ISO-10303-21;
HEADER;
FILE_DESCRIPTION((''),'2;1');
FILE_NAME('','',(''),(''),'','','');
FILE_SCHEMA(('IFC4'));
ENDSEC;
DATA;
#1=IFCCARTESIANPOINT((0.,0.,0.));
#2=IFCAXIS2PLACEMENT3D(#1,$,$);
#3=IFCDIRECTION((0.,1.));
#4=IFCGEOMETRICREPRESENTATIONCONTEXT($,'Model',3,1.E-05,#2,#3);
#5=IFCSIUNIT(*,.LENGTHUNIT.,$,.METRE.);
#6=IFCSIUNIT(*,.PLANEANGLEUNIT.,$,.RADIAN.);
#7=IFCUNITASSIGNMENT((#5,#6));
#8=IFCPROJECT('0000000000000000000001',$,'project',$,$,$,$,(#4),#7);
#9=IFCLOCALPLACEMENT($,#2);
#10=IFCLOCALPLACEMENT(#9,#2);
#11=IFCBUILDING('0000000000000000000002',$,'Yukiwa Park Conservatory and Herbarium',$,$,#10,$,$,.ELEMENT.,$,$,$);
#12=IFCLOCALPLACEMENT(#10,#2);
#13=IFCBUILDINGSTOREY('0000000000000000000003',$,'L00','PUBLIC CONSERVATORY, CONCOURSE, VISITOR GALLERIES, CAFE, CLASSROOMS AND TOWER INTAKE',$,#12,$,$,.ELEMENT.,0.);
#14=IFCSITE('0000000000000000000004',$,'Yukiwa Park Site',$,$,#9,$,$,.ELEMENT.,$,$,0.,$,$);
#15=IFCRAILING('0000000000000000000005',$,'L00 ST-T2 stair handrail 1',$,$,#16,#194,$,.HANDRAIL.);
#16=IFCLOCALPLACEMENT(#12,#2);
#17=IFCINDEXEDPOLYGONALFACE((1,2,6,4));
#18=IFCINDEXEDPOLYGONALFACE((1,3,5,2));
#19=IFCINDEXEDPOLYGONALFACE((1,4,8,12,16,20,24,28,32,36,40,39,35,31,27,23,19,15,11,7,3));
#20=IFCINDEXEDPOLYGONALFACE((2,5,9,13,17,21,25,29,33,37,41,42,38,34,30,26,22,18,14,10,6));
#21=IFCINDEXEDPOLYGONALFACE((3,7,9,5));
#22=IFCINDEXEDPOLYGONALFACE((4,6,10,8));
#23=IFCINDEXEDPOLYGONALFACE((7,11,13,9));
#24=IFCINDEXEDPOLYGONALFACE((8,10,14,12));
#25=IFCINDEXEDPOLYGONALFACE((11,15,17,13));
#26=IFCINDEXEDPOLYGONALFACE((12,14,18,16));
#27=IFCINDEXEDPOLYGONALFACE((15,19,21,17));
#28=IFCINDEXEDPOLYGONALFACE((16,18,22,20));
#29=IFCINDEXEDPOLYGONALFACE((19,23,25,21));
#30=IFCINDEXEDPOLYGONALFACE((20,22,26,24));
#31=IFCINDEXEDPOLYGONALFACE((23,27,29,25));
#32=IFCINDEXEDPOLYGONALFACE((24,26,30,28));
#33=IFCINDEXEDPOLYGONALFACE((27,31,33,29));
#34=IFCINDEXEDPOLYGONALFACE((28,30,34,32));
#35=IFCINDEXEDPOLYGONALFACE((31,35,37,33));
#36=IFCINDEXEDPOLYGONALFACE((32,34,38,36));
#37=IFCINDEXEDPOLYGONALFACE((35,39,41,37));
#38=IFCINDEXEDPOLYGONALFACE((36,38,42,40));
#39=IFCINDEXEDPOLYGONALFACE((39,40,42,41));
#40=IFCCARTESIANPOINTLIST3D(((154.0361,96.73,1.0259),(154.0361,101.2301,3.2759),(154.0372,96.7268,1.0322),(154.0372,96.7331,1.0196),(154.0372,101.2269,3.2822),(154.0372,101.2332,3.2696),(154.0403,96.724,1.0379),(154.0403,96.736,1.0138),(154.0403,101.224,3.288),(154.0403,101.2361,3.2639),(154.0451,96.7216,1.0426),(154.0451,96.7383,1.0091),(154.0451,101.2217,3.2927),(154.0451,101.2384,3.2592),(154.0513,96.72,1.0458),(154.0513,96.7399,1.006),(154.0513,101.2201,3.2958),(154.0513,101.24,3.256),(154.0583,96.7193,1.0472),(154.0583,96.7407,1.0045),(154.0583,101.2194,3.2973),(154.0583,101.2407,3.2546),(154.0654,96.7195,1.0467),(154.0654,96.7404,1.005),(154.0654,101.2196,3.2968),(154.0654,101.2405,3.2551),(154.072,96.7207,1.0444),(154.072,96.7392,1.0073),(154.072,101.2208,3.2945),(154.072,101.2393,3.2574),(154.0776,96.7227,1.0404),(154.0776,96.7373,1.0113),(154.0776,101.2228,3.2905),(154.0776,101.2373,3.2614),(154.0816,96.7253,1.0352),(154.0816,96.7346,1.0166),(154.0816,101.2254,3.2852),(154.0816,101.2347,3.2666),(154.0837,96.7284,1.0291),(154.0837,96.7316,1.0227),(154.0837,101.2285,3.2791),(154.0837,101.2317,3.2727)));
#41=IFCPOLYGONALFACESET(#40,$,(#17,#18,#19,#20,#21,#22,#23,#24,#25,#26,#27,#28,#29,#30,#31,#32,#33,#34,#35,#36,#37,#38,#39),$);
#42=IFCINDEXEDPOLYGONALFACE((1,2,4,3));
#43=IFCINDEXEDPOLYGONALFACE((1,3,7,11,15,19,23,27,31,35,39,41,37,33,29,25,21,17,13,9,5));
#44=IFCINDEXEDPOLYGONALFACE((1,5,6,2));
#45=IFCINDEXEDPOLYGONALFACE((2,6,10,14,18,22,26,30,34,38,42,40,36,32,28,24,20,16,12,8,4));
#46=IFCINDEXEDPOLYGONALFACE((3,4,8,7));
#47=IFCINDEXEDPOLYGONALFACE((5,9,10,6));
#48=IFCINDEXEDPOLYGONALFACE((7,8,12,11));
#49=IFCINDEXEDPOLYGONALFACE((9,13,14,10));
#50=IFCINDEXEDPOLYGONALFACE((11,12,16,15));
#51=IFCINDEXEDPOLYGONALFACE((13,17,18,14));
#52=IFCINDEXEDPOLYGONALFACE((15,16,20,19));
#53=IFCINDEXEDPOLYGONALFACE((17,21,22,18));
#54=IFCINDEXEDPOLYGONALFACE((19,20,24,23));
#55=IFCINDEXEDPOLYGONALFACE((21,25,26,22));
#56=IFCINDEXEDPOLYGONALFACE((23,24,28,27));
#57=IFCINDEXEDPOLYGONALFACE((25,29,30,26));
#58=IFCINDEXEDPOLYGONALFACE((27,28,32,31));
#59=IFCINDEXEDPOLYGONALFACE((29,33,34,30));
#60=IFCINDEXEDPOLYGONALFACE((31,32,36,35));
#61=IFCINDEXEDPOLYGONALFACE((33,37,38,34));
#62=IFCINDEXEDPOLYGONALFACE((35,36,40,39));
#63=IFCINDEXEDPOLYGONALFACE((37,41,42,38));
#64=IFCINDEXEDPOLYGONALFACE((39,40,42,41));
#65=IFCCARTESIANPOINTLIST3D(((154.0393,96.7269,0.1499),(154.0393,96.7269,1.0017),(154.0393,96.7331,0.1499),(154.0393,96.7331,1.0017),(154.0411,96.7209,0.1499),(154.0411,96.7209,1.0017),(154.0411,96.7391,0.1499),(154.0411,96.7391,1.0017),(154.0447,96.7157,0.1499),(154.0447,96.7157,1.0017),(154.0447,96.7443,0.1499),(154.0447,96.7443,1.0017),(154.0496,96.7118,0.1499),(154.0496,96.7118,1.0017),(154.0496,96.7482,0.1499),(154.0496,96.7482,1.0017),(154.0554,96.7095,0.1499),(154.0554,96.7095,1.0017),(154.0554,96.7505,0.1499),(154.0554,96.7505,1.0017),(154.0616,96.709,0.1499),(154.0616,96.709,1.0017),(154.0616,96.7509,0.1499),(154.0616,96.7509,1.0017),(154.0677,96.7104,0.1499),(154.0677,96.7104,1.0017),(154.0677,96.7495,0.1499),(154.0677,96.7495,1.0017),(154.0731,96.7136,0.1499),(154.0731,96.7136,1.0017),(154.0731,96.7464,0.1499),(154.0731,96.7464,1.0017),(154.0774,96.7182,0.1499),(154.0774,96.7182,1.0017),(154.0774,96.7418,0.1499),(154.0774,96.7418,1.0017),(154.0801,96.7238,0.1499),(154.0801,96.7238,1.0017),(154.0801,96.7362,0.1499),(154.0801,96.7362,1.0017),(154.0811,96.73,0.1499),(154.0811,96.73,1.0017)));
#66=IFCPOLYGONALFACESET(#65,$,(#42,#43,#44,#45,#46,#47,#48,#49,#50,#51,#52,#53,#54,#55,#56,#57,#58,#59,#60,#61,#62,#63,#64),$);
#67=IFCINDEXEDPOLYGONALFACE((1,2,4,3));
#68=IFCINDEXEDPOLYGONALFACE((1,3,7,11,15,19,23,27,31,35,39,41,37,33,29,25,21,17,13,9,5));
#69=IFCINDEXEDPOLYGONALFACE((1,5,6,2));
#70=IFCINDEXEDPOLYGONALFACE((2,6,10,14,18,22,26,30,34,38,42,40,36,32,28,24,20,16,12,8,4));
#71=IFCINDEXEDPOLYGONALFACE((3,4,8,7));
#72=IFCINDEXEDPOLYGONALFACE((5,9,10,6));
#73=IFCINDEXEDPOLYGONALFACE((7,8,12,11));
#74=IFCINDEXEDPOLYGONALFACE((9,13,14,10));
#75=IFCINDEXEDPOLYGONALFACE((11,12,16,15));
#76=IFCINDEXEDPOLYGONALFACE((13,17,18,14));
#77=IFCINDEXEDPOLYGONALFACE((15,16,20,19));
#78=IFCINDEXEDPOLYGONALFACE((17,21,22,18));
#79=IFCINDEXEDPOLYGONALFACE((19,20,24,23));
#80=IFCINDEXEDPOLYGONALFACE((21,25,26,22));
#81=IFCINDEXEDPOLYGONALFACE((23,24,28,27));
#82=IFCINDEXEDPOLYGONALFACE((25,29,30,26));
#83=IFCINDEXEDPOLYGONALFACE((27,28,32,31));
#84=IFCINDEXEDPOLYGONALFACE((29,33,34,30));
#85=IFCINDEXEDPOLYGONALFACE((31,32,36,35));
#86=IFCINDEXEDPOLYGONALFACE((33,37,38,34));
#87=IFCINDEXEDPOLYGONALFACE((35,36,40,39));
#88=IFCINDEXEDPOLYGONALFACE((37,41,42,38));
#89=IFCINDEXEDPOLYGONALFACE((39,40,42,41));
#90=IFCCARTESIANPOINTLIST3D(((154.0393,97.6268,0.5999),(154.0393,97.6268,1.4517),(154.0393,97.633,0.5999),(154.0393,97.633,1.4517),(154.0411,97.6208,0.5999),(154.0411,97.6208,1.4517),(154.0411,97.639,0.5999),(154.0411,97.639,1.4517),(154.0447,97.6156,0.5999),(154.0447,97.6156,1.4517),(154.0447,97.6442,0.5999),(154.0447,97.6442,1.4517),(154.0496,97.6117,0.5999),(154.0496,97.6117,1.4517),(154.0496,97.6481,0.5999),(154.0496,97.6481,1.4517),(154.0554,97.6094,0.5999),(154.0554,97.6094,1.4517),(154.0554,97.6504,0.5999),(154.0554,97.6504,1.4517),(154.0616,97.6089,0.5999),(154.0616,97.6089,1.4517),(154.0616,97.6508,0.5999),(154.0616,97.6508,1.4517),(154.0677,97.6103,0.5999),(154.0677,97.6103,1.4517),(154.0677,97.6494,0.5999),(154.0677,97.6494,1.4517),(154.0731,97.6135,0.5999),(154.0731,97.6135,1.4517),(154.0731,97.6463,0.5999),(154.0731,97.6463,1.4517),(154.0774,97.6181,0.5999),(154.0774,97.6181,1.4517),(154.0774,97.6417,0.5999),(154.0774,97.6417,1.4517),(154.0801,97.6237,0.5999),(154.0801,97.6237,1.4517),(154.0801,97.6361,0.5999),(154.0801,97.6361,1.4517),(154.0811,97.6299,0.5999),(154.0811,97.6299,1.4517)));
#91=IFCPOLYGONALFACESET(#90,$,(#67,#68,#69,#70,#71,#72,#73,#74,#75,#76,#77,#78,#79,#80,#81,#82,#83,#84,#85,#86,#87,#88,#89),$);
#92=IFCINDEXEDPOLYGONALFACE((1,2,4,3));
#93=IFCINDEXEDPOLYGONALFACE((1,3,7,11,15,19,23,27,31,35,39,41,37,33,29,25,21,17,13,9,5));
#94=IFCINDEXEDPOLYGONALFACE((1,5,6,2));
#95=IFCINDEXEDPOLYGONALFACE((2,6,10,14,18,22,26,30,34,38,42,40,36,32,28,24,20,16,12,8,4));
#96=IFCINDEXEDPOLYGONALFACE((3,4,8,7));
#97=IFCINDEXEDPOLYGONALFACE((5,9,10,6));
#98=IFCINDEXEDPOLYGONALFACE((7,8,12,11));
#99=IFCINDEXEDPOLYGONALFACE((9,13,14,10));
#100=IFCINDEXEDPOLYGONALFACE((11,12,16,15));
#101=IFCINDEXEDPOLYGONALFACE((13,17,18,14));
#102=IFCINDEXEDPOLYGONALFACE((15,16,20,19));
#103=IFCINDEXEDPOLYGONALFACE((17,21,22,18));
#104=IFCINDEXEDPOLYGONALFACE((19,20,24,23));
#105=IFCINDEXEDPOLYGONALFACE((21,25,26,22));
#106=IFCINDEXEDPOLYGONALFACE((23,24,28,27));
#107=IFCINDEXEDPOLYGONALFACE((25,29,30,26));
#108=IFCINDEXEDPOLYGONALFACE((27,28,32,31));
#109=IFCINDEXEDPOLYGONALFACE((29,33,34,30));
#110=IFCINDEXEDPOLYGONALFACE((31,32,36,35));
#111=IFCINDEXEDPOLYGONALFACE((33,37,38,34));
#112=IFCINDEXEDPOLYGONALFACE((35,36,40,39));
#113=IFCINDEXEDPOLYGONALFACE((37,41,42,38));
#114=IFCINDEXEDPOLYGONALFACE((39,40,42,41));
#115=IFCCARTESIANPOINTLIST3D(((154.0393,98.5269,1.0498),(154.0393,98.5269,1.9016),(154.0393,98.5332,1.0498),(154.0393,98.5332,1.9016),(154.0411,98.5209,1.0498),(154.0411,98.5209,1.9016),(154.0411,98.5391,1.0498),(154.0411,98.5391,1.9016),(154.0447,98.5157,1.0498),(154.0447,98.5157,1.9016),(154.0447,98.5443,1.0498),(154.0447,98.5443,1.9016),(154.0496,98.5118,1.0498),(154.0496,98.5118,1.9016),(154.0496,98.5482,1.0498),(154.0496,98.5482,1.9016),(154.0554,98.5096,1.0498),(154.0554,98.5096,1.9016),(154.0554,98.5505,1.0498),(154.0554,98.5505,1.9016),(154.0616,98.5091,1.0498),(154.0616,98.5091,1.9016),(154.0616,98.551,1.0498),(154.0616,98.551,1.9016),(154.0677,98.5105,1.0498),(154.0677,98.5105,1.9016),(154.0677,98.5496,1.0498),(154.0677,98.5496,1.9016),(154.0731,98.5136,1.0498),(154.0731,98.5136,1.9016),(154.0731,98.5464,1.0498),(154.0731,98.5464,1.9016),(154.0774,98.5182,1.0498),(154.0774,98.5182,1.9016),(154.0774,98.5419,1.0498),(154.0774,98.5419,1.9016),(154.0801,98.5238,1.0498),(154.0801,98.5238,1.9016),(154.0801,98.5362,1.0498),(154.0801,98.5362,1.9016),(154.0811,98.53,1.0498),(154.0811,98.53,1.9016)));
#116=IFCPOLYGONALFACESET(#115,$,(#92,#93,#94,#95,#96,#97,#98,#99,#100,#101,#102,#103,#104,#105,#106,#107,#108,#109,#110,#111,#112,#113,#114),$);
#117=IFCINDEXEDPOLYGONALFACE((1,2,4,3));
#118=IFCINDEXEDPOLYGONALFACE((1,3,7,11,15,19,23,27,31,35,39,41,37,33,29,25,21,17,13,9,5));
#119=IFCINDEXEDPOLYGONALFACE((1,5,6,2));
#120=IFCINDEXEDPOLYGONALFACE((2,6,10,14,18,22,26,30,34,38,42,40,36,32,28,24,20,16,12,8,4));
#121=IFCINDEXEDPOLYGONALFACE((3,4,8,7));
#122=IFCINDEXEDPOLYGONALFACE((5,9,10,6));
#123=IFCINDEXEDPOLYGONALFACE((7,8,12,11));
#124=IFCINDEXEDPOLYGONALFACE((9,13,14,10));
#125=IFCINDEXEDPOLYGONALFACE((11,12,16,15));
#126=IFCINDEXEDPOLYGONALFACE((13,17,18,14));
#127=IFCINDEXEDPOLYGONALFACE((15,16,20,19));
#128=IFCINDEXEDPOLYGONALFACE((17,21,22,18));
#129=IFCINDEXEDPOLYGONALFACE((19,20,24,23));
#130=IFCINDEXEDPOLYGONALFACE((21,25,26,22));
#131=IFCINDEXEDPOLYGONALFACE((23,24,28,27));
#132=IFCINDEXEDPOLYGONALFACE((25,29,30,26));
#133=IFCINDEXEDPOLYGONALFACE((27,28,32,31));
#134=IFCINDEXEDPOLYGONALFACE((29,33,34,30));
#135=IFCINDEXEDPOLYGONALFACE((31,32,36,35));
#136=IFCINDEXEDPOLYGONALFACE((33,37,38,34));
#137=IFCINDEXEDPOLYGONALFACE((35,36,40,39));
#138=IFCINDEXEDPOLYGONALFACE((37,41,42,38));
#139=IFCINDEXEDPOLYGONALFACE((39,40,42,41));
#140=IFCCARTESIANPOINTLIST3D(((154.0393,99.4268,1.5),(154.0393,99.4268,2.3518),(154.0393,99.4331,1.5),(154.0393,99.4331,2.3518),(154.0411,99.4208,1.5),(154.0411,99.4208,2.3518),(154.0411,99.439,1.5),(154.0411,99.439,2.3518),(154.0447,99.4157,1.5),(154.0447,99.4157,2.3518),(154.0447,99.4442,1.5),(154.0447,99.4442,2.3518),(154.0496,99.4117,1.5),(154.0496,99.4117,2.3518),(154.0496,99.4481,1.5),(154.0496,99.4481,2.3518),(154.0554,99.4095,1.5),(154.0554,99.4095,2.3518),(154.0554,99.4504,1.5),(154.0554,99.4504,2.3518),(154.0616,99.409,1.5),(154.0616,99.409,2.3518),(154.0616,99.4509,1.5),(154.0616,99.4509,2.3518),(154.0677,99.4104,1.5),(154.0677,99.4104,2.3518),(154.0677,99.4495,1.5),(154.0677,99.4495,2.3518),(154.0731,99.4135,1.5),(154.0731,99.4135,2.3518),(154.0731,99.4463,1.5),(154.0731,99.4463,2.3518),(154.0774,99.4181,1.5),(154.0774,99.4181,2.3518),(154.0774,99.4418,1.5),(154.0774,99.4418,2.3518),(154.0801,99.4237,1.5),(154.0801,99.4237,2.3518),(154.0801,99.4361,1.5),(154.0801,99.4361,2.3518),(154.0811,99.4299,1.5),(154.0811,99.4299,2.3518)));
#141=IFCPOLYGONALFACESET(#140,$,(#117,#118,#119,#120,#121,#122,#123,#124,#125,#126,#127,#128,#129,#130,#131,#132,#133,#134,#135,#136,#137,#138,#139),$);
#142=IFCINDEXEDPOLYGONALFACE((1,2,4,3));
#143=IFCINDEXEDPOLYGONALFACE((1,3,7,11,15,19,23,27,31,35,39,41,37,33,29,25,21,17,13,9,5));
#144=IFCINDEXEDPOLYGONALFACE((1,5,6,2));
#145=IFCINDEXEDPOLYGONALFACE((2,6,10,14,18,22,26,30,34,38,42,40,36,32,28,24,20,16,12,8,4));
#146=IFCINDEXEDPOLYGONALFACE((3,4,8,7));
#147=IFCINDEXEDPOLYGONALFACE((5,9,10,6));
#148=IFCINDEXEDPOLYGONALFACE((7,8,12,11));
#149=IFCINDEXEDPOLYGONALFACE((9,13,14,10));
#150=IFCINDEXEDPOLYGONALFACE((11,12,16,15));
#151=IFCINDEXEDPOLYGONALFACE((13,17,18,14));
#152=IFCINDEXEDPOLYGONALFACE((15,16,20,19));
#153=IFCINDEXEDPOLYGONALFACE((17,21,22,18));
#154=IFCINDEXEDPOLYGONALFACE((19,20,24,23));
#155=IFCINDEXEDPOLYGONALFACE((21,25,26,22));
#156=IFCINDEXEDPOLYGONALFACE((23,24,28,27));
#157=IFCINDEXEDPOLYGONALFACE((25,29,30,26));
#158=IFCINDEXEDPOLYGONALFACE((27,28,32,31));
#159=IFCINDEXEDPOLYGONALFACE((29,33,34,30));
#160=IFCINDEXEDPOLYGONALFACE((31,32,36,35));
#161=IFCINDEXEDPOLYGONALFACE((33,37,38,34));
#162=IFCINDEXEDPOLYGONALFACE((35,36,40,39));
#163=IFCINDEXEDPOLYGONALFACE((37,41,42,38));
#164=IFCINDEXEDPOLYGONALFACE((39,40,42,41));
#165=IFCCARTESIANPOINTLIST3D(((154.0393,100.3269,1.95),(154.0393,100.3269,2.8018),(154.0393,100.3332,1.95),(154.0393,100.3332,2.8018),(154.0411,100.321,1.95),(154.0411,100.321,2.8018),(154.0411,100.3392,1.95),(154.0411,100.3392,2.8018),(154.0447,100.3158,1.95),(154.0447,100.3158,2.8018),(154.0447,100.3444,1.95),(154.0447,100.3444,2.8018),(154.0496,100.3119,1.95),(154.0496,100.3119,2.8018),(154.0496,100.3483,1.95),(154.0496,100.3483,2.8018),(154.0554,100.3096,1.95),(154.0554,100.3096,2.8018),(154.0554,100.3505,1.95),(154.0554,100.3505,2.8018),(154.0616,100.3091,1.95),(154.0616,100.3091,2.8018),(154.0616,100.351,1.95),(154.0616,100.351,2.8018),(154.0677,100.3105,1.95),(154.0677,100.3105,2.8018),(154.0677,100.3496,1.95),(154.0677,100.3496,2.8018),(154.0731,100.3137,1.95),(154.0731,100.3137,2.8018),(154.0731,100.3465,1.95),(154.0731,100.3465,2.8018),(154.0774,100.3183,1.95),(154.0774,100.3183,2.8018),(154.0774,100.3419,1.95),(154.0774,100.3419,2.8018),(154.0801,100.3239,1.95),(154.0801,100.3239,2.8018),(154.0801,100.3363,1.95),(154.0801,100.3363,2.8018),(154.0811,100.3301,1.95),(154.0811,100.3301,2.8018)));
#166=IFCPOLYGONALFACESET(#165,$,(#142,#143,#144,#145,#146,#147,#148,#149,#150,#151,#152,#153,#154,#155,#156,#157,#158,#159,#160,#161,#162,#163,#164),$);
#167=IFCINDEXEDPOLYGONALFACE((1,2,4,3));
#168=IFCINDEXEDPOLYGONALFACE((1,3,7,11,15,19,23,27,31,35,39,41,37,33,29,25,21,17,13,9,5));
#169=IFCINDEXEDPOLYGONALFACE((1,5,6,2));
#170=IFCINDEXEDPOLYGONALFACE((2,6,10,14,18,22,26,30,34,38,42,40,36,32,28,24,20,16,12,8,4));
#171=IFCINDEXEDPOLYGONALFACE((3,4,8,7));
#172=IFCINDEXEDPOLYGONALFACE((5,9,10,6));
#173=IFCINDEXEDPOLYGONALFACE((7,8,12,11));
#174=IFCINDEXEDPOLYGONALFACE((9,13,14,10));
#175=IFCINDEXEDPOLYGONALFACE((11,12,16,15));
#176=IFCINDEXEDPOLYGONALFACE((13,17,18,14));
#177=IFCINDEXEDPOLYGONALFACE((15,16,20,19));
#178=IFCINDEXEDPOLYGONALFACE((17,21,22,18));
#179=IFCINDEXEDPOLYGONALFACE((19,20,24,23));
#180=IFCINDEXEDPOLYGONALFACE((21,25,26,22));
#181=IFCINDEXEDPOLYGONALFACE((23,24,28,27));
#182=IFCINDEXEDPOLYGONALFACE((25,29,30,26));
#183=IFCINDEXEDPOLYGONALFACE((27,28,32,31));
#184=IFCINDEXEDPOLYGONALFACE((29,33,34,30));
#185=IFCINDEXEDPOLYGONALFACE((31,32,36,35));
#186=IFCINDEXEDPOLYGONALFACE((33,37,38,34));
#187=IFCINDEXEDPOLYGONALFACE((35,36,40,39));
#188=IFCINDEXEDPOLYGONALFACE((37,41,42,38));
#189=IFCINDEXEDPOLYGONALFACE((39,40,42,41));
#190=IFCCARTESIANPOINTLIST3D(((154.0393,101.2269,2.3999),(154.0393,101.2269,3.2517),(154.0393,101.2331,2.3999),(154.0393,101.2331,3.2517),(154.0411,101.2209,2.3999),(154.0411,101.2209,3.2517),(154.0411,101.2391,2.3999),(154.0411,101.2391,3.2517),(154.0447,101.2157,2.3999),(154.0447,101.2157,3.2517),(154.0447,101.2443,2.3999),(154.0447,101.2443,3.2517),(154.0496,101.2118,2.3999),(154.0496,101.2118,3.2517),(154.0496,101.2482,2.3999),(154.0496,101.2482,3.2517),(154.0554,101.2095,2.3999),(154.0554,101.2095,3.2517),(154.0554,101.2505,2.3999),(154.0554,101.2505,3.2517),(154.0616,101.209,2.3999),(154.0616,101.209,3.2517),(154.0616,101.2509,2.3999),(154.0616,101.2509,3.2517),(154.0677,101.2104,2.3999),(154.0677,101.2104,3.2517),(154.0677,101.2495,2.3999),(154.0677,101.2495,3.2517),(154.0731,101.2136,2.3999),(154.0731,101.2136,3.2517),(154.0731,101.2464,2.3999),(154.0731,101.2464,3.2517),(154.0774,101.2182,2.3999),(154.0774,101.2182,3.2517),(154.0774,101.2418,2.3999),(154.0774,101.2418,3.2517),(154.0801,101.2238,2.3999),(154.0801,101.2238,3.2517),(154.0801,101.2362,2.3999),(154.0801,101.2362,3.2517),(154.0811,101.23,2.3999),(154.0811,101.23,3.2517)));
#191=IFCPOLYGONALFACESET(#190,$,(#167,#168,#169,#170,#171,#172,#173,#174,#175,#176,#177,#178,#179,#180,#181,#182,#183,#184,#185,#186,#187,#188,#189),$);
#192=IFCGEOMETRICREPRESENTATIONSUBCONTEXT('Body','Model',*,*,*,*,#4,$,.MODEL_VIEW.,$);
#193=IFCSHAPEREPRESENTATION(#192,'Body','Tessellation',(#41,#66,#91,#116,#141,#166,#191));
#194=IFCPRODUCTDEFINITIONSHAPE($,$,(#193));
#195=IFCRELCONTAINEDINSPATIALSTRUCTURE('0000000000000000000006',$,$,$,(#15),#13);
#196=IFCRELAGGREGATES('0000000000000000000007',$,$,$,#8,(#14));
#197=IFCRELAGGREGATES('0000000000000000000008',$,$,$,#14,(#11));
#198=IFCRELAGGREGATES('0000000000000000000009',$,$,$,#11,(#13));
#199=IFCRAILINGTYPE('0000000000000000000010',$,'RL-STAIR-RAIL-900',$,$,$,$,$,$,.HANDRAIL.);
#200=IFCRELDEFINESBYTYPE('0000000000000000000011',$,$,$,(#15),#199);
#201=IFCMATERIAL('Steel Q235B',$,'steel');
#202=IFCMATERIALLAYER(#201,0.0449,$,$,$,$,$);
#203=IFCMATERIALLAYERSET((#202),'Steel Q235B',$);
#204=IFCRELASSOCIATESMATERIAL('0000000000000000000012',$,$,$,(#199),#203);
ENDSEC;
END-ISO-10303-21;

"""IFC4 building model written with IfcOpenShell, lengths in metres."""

from ifc_helpers import new_model, si_unit, direction, frame, origin, origin_2d, place, context, subcontext, project, spatial, circle, extrude, material, layer, layer_set, type_object, element, save


model = new_model("IFC4")

# Units and contexts
model_context = context("Model", 3, precision=1e-05, world=origin(), true_north=direction((0.0, 1.0)))
body_context = subcontext(model_context, "Body", "Model", "MODEL_VIEW")
ifc_project = project(units=[si_unit("LENGTHUNIT", "METRE"), si_unit("PLANEANGLEUNIT", "RADIAN")], contexts=[model_context])

# Site, building, storey
site_placement = place(None, origin())
site = spatial("IfcSite", under=ifc_project, at=site_placement, Name="Yukiwa Park Site", CompositionType="ELEMENT", RefElevation=0.0)
building_placement = place(site_placement, origin())
building = spatial("IfcBuilding", under=site, at=building_placement, Name="Yukiwa Park Conservatory and Herbarium", CompositionType="ELEMENT")
storey_placement = place(building_placement, origin())
storey = spatial("IfcBuildingStorey", under=building, at=storey_placement, Name="L00", Description="PUBLIC CONSERVATORY, CONCOURSE, VISITOR GALLERIES, CAFE, CLASSROOMS AND TOWER INTAKE", CompositionType="ELEMENT", Elevation=0.0)

# Railing
ifc_material_1 = material(Name="Steel Q235B", Category="steel")
ifc_layer_1 = layer(ifc_material_1, 0.0449)
ifc_layer_set_1 = layer_set([ifc_layer_1], Name="Steel Q235B")
railing_type_1 = type_object("IfcRailingType", Name="RL-STAIR-RAIL-900", PredefinedType="HANDRAIL", material=ifc_layer_set_1)
railing_1_placement = place(storey_placement, frame((154.0601, 96.73, 0.1499)))
element("IfcRailing", 1, at=railing_1_placement, inside=storey, type_object=railing_type_1, Name="L00 ST-T2 stair handrail 1", PredefinedType="HANDRAIL", context=body_context, shape_type="SweptSolid", body=[
    extrude(circle(Radius=0.0239, at=origin_2d()), frame((0.0, 0.0, 0.876), z_axis=(0.0, 0.894427, 0.447214), x_axis=(-1.0, 0.0, 0.0)), (0.0, 0.0, 1.0), 5.0312),
    extrude(circle(Radius=0.021, at=origin_2d()), origin(), (0.0, 0.0, 1.0), 0.8518),
    extrude(circle(Radius=0.021, at=origin_2d()), frame((0.0, 0.8999, 0.45)), (0.0, 0.0, 1.0), 0.8518),
    extrude(circle(Radius=0.021, at=origin_2d()), frame((0.0, 1.8, 0.8999)), (0.0, 0.0, 1.0), 0.8518),
    extrude(circle(Radius=0.021, at=origin_2d()), frame((0.0, 2.7, 1.3501)), (0.0, 0.0, 1.0), 0.8518),
    extrude(circle(Radius=0.021, at=origin_2d()), frame((0.0, 3.6001, 1.8)), (0.0, 0.0, 1.0), 0.8518),
    extrude(circle(Radius=0.021, at=origin_2d()), frame((0.0, 4.5, 2.25)), (0.0, 0.0, 1.0), 0.8518),
])

save(model, "model.ifc")
